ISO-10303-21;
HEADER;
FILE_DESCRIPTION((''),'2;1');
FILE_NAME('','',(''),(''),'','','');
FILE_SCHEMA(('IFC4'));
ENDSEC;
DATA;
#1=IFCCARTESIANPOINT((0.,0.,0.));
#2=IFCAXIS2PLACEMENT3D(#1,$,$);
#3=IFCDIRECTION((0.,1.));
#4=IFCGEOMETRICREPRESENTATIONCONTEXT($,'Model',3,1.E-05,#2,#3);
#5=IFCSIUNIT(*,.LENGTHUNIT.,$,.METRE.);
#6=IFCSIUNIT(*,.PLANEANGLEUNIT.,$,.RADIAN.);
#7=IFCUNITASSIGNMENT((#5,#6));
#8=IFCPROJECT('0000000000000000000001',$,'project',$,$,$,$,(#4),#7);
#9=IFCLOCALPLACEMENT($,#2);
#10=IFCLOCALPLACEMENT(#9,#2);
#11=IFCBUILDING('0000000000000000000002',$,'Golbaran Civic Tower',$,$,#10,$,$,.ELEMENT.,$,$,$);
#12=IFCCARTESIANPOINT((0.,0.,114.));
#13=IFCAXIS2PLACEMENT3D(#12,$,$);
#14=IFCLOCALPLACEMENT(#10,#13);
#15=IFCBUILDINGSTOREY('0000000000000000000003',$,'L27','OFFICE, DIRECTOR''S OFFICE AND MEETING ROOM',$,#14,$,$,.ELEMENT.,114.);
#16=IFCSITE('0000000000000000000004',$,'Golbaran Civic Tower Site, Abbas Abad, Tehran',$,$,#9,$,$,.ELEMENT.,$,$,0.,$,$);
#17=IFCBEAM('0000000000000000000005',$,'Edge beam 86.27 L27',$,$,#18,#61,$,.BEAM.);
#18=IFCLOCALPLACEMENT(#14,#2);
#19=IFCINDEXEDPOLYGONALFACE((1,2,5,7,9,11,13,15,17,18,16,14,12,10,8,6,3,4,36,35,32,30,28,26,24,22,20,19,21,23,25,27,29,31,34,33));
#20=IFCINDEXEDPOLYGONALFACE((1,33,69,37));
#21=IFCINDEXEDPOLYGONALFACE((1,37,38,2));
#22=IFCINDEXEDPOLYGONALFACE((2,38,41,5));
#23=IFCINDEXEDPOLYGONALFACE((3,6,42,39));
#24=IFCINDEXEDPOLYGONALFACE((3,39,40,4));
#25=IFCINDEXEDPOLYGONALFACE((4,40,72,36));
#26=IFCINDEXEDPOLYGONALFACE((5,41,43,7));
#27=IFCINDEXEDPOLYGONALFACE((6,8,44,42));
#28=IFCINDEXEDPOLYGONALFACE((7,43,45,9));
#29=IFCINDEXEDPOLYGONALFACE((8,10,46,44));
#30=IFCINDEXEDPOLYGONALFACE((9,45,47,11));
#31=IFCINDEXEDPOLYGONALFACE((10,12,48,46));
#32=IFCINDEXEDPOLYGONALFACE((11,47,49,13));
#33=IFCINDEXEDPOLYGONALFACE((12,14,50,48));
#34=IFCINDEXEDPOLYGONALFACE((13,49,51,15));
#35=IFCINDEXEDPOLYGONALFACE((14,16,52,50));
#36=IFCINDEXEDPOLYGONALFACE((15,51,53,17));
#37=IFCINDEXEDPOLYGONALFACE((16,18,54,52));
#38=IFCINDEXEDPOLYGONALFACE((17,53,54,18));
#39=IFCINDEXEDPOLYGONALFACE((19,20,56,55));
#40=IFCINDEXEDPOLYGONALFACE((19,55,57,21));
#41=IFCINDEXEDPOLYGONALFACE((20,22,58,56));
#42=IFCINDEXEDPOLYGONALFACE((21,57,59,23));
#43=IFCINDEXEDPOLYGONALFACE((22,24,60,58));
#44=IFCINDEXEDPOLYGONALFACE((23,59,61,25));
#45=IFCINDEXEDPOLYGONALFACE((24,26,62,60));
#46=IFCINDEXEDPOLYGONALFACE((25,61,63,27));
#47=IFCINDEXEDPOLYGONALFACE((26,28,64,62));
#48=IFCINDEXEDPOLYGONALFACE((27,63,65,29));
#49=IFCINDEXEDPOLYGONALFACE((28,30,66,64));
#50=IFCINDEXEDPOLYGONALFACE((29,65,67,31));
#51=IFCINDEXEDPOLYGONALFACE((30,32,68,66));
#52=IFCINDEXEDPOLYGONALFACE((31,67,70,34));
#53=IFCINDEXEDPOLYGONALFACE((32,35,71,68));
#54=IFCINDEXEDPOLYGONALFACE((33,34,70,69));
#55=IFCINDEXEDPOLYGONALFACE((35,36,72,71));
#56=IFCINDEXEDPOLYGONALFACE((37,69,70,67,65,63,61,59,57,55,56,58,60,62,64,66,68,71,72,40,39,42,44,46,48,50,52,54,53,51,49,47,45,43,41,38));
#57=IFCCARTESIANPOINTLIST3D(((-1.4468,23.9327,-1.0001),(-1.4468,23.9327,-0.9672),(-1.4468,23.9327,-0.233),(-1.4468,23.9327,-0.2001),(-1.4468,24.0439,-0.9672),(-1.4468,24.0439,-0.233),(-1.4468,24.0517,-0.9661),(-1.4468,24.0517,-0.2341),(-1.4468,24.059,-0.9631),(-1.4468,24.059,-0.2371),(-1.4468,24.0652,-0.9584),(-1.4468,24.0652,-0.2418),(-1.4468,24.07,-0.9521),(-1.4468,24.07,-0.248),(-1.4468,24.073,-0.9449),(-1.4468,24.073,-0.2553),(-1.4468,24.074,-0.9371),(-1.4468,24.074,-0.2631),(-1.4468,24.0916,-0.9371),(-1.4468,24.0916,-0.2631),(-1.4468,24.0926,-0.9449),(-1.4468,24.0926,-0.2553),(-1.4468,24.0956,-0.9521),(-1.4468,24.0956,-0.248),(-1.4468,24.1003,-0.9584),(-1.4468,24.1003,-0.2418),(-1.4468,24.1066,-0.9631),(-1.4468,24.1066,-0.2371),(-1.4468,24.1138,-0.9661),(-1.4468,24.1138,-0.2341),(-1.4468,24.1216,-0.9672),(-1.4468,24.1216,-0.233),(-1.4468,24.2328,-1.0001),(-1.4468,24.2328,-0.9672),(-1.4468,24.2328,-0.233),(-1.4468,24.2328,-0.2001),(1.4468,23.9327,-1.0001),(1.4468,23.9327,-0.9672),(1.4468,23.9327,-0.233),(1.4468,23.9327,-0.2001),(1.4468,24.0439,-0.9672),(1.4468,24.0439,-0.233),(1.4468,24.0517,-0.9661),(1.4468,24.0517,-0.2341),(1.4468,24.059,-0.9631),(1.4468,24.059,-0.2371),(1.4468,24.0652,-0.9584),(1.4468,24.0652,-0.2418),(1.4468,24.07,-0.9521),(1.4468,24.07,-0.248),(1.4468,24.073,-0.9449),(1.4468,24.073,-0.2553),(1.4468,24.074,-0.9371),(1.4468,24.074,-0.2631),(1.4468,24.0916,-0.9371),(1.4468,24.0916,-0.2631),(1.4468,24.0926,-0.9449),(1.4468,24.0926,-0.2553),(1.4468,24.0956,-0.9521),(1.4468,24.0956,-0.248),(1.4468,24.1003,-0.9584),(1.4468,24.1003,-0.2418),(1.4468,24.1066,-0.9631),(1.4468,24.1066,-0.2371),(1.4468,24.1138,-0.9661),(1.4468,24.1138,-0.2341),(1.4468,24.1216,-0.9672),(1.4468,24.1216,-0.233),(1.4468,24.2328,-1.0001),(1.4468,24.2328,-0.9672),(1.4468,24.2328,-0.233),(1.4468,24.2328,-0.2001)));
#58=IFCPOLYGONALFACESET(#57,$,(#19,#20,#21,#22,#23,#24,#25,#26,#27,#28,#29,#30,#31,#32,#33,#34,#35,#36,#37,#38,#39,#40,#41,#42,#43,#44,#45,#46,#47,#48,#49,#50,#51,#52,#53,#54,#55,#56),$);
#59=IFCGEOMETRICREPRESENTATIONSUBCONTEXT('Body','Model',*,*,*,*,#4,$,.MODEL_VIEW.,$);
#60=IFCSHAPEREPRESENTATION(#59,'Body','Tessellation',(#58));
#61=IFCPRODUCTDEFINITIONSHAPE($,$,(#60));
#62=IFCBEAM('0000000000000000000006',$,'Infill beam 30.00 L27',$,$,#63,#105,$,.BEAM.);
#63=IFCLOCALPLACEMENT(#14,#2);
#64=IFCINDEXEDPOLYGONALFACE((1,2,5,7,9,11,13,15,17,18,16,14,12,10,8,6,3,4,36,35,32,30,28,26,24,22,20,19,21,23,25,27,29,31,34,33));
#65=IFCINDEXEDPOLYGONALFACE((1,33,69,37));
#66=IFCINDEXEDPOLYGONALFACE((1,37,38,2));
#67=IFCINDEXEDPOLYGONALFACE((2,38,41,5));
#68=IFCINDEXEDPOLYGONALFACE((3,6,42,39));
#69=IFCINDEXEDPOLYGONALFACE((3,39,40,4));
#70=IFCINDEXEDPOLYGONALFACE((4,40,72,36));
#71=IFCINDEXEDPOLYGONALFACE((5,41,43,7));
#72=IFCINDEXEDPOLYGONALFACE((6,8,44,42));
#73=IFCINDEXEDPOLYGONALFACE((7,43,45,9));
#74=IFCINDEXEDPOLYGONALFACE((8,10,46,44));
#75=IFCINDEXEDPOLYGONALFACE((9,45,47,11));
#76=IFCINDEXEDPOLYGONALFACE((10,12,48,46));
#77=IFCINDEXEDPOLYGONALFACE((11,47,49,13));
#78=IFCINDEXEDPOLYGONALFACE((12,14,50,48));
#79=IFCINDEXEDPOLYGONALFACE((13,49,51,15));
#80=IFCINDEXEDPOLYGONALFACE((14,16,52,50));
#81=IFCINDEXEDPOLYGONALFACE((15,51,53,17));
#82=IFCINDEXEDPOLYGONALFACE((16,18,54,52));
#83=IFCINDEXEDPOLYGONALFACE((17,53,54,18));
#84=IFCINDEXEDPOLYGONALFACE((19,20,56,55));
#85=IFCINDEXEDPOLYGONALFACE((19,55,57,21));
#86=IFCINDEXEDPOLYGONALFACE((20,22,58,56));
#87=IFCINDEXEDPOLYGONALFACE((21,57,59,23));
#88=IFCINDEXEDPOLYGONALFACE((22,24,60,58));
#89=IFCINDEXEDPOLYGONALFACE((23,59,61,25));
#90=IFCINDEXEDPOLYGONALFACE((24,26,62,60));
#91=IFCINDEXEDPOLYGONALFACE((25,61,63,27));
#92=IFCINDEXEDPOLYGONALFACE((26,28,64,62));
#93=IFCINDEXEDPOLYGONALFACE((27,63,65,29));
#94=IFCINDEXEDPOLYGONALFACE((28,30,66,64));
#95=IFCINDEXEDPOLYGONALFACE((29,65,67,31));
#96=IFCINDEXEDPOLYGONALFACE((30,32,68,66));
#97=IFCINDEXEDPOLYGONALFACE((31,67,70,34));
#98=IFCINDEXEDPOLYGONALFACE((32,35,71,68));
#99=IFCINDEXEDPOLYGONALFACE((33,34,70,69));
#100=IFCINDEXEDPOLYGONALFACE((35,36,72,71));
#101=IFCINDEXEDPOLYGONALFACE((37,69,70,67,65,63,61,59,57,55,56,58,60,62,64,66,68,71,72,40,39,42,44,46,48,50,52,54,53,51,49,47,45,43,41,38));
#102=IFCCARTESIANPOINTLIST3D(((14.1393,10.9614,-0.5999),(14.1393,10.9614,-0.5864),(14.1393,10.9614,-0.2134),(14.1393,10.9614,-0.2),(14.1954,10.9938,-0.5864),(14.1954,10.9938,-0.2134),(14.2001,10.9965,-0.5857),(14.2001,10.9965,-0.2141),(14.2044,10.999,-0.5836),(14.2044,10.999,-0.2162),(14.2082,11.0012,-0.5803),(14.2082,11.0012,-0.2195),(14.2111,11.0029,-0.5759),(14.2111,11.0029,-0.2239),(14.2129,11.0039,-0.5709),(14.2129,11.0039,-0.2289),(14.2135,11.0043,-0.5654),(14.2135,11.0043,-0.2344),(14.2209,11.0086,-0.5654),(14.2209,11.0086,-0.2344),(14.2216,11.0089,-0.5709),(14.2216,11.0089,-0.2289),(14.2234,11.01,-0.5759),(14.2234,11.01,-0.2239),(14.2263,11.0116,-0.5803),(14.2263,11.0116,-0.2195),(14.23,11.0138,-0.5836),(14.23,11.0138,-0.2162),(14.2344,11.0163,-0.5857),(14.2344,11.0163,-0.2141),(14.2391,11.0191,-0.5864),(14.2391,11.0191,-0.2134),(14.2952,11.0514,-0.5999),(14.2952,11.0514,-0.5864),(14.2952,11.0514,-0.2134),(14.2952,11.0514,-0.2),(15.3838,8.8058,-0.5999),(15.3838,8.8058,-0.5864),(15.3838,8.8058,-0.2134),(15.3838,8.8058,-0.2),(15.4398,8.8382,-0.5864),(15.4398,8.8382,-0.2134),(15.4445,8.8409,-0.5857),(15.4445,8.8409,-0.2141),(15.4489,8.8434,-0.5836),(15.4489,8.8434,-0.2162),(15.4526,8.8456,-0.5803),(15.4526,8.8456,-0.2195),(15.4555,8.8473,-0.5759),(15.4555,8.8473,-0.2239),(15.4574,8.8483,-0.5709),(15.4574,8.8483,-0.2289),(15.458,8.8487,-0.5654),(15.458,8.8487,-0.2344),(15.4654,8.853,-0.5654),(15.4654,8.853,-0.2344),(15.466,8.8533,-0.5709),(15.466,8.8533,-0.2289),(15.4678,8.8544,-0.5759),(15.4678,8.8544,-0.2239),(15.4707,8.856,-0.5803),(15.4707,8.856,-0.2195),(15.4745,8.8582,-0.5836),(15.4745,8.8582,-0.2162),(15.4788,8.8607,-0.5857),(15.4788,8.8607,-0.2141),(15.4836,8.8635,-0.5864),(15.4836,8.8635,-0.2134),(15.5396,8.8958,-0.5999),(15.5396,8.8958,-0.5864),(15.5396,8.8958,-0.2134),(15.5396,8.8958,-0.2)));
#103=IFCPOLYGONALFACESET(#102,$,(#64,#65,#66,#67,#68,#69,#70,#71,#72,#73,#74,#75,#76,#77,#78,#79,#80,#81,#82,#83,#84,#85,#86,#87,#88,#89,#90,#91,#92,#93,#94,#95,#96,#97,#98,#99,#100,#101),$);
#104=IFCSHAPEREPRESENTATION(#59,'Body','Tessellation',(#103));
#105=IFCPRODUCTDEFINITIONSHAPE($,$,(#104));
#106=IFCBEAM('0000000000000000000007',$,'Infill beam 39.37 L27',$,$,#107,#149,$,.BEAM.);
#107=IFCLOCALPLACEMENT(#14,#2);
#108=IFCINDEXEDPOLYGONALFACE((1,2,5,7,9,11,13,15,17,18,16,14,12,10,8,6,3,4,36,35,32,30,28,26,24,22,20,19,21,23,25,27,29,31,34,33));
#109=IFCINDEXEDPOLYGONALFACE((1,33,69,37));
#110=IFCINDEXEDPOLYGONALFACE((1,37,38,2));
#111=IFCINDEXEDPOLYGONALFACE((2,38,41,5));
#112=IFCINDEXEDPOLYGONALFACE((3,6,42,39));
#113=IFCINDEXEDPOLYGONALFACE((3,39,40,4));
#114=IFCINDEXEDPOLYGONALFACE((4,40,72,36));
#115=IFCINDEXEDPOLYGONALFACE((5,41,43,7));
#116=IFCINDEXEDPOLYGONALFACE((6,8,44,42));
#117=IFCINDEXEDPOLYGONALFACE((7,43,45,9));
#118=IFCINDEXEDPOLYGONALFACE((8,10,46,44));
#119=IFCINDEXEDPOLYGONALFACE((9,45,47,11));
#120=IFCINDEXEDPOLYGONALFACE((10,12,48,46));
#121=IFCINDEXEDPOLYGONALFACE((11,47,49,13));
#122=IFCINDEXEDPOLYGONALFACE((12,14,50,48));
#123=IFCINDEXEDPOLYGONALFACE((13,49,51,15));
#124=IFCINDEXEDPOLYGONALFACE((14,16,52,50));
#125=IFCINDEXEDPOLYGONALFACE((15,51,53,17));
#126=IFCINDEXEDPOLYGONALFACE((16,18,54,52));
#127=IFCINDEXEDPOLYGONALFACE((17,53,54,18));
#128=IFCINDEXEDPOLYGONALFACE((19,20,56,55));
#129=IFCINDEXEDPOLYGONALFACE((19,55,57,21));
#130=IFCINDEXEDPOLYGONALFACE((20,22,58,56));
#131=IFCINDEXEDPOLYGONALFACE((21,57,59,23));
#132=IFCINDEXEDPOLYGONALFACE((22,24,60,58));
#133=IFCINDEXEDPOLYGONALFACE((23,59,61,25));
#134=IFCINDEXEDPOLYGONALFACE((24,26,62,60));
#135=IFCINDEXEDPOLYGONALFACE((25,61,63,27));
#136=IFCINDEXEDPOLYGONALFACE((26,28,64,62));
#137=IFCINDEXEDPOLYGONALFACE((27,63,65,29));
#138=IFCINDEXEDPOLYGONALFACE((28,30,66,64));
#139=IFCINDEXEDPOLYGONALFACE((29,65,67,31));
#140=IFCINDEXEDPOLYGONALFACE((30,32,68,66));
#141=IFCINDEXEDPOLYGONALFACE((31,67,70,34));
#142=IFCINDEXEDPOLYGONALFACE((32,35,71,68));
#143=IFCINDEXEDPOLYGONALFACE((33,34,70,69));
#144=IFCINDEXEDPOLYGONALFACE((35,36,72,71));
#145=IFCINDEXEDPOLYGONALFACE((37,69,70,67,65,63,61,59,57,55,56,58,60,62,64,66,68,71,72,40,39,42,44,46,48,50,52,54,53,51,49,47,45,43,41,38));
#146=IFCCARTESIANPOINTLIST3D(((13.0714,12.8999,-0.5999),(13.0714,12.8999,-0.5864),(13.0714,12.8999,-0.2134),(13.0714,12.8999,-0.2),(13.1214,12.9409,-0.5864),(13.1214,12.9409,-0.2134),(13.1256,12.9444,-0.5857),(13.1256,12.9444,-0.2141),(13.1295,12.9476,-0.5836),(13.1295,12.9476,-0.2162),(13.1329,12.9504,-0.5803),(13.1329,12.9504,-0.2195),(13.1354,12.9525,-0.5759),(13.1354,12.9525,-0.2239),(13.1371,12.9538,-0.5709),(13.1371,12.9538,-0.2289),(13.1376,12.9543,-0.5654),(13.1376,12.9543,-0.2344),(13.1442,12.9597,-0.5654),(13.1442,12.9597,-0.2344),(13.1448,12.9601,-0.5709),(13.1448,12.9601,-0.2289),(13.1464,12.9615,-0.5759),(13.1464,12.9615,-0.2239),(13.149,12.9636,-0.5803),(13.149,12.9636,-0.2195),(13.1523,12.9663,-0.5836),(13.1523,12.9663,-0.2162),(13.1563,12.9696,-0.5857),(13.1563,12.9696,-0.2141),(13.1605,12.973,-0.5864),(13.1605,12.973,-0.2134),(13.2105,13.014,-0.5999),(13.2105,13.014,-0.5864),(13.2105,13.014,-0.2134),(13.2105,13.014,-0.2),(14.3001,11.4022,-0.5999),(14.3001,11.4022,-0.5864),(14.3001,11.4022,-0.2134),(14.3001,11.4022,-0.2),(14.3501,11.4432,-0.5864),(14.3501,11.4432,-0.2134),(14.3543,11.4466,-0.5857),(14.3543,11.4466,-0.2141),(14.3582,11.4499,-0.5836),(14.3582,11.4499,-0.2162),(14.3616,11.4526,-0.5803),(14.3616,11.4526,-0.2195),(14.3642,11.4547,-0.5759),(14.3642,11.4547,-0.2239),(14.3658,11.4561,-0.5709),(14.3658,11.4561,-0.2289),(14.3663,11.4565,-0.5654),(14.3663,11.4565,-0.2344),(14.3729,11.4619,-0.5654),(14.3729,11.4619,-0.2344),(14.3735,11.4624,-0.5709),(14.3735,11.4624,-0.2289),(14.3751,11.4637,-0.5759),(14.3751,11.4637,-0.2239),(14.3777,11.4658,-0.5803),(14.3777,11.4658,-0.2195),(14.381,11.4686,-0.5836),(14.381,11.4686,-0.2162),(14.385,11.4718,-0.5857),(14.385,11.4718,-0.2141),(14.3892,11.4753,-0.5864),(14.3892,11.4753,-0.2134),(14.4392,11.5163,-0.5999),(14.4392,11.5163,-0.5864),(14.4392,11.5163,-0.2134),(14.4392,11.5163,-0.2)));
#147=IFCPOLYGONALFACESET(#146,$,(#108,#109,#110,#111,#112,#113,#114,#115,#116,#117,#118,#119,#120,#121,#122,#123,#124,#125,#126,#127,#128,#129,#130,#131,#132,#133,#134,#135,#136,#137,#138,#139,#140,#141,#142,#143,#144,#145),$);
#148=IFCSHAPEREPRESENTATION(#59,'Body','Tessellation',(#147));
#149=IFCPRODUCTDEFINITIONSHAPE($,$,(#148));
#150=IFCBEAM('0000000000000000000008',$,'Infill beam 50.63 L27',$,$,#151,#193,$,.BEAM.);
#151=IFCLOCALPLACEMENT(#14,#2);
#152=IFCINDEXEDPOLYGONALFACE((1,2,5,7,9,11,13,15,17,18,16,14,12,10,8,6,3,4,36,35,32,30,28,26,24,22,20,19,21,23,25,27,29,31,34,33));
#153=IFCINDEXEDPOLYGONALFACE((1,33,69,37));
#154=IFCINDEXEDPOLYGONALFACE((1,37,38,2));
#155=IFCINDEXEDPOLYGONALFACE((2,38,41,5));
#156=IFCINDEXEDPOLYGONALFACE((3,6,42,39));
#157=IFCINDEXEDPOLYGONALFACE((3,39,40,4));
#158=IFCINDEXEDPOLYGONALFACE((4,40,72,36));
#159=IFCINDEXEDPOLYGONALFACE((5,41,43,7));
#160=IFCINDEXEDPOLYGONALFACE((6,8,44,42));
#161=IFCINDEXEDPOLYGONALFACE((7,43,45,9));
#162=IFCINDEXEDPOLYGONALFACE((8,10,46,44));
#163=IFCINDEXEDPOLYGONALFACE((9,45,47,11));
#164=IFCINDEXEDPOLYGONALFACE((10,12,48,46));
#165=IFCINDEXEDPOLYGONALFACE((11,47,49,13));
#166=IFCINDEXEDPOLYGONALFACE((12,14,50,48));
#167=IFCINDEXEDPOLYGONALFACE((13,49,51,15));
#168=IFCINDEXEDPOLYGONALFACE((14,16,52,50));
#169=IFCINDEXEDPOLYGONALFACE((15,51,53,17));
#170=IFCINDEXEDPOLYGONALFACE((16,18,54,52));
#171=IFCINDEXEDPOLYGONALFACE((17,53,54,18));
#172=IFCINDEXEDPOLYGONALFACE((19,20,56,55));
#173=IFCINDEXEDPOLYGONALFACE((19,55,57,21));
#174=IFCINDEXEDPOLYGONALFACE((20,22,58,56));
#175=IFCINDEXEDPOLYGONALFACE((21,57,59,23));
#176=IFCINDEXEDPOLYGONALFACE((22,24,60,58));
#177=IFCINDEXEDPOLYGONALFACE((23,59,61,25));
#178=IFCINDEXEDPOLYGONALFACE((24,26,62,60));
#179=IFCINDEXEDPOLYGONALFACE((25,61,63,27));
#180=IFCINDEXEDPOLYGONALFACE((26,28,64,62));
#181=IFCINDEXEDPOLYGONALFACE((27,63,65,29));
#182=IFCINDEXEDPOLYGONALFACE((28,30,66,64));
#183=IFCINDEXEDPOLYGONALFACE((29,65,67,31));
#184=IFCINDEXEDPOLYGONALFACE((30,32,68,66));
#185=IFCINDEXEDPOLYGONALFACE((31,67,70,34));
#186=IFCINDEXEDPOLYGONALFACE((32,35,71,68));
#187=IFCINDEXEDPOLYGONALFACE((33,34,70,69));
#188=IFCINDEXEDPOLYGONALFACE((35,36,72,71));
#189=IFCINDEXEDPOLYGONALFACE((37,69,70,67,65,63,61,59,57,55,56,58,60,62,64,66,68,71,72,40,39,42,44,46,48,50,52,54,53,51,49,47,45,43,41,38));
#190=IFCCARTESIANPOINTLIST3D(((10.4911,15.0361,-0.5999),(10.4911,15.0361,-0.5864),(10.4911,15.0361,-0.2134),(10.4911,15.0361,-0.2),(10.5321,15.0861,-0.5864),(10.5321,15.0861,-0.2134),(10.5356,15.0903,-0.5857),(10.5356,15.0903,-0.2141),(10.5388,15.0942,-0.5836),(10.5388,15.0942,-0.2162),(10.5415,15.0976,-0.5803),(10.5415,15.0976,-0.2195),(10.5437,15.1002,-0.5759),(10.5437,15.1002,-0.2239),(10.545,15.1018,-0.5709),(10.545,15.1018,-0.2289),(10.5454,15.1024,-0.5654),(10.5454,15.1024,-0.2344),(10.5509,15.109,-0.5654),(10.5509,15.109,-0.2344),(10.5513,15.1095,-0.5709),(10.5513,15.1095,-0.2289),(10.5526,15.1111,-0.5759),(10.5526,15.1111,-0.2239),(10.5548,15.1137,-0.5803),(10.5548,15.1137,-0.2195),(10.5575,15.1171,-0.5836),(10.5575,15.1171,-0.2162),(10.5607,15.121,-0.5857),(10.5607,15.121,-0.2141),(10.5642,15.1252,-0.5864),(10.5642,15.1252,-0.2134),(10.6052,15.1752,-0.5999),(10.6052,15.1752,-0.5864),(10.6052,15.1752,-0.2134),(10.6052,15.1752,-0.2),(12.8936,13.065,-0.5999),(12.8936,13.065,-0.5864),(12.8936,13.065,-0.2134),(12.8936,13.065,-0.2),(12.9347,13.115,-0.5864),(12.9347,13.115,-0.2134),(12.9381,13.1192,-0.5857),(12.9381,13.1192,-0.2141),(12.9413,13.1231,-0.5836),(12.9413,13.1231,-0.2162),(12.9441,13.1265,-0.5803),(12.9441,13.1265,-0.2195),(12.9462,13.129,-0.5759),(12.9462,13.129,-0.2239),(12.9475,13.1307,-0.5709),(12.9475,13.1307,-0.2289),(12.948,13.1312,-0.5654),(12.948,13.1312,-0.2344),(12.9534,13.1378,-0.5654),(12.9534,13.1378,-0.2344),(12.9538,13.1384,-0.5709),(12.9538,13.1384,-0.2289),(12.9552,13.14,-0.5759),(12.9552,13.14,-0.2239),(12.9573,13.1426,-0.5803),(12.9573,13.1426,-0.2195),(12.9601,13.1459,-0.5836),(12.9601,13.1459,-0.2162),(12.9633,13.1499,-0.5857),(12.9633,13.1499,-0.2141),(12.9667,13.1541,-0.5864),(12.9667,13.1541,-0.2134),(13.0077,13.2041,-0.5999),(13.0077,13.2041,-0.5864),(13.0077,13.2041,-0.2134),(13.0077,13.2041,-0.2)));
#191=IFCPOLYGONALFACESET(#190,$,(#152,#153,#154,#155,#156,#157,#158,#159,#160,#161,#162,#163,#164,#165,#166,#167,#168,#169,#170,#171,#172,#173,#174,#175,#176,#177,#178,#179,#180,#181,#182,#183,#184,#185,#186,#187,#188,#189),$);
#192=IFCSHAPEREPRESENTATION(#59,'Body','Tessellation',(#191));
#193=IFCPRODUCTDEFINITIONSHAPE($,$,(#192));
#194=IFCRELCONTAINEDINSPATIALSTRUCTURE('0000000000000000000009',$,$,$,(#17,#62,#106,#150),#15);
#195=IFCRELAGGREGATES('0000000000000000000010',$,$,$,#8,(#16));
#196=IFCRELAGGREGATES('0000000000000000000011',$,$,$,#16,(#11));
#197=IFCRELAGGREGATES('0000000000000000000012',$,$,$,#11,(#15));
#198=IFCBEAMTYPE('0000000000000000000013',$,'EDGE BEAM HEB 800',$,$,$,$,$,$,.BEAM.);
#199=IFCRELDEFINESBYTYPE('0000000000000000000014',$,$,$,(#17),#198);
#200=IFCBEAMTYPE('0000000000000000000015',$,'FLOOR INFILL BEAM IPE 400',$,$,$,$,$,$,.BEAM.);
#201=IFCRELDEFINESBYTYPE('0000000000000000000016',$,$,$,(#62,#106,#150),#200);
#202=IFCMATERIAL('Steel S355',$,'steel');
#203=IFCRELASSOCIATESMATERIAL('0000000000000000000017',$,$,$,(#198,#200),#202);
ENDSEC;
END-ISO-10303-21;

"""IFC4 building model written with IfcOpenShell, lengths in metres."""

from ifc_helpers import new_model, si_unit, direction, frame, origin, origin_2d, place, context, subcontext, project, spatial, i_section, extrude, material, material_profile, profile_set, type_object, element, save


model = new_model("IFC4")

# Units and contexts
model_context = context("Model", 3, precision=1e-05, world=origin(), true_north=direction((0.0, 1.0)))
body_context = subcontext(model_context, "Body", "Model", "MODEL_VIEW")
ifc_project = project(units=[si_unit("LENGTHUNIT", "METRE"), si_unit("PLANEANGLEUNIT", "RADIAN")], contexts=[model_context])

# Site, building, storey
site_placement = place(None, origin())
site = spatial("IfcSite", under=ifc_project, at=site_placement, Name="Golbaran Civic Tower Site, Abbas Abad, Tehran", CompositionType="ELEMENT", RefElevation=0.0)
building_placement = place(site_placement, origin())
building = spatial("IfcBuilding", under=site, at=building_placement, Name="Golbaran Civic Tower", CompositionType="ELEMENT")
storey_placement = place(building_placement, frame((0.0, 0.0, 114.0)))
storey = spatial("IfcBuildingStorey", under=building, at=storey_placement, Name="L27", Description="OFFICE, DIRECTOR'S OFFICE AND MEETING ROOM", CompositionType="ELEMENT", Elevation=114.0)

# Beams
ifc_material_1 = material(Name="Steel S355", Category="steel")
ifc_material_profile_1 = material_profile(ifc_material_1, i_section(OverallWidth=0.3, OverallDepth=0.8, WebThickness=0.0176, FlangeThickness=0.033, FilletRadius=0.03, at=origin_2d()), Name="HEB 800")
ifc_profile_set_1 = profile_set([ifc_material_profile_1], Name="Steel S355")
beam_type_1 = type_object("IfcBeamType", Name="EDGE BEAM HEB 800", PredefinedType="BEAM", material=ifc_profile_set_1)
beam_1_placement = place(storey_placement, frame((1.4468, 24.0828, -0.6001), z_axis=(-1.0, 0.0, 0.0), x_axis=(0.0, -1.0, 0.0)))
element("IfcBeam", 1, at=beam_1_placement, inside=storey, type_object=beam_type_1, Name="Edge beam 86.27 L27", PredefinedType="BEAM", context=body_context, shape_type="SweptSolid", body=[
    extrude(i_section(OverallWidth=0.3, OverallDepth=0.8, WebThickness=0.0176, FlangeThickness=0.033, FilletRadius=0.03, at=origin_2d()), origin(), (0.0, 0.0, 1.0), 2.8936),
])
ifc_material_profile_2 = material_profile(ifc_material_1, i_section(OverallWidth=0.1799, OverallDepth=0.3999, WebThickness=0.0085, FlangeThickness=0.0134, FilletRadius=0.021, at=origin_2d()), Name="IPE 400")
ifc_profile_set_2 = profile_set([ifc_material_profile_2], Name="Steel S355")
beam_type_2 = type_object("IfcBeamType", Name="FLOOR INFILL BEAM IPE 400", PredefinedType="BEAM", material=ifc_profile_set_2)
beam_2_placement = place(storey_placement, frame((15.4617, 8.8508, -0.3999), z_axis=(-0.499969, 0.866043, 0.0), x_axis=(-0.866043, -0.499969, 0.0)))
element("IfcBeam", 2, at=beam_2_placement, inside=storey, type_object=beam_type_2, Name="Infill beam 30.00 L27", PredefinedType="BEAM", context=body_context, shape_type="SweptSolid", body=[
    extrude(i_section(OverallWidth=0.1799, OverallDepth=0.3999, WebThickness=0.0085, FlangeThickness=0.0134, FilletRadius=0.021, at=origin_2d()), origin(), (0.0, 0.0, 1.0), 2.489),
])
beam_3_placement = place(storey_placement, frame((14.3696, 11.4592, -0.3999), z_axis=(-0.634253, 0.773126, 0.0), x_axis=(-0.773126, -0.634253, 0.0)))
element("IfcBeam", 3, at=beam_3_placement, inside=storey, type_object=beam_type_2, Name="Infill beam 39.37 L27", PredefinedType="BEAM", context=body_context, shape_type="SweptSolid", body=[
    extrude(i_section(OverallWidth=0.1799, OverallDepth=0.3999, WebThickness=0.0085, FlangeThickness=0.0134, FilletRadius=0.021, at=origin_2d()), origin(), (0.0, 0.0, 1.0), 1.9373),
])
beam_4_placement = place(storey_placement, frame((12.9507, 13.1345, -0.3999), z_axis=(-0.773099, 0.634285, 0.0), x_axis=(-0.634285, -0.773099, 0.0)))
element("IfcBeam", 4, at=beam_4_placement, inside=storey, type_object=beam_type_2, Name="Infill beam 50.63 L27", PredefinedType="BEAM", context=body_context, shape_type="SweptSolid", body=[
    extrude(i_section(OverallWidth=0.1799, OverallDepth=0.3999, WebThickness=0.0085, FlangeThickness=0.0134, FilletRadius=0.021, at=origin_2d()), origin(), (0.0, 0.0, 1.0), 3.1077),
])

save(model, "model.ifc")
